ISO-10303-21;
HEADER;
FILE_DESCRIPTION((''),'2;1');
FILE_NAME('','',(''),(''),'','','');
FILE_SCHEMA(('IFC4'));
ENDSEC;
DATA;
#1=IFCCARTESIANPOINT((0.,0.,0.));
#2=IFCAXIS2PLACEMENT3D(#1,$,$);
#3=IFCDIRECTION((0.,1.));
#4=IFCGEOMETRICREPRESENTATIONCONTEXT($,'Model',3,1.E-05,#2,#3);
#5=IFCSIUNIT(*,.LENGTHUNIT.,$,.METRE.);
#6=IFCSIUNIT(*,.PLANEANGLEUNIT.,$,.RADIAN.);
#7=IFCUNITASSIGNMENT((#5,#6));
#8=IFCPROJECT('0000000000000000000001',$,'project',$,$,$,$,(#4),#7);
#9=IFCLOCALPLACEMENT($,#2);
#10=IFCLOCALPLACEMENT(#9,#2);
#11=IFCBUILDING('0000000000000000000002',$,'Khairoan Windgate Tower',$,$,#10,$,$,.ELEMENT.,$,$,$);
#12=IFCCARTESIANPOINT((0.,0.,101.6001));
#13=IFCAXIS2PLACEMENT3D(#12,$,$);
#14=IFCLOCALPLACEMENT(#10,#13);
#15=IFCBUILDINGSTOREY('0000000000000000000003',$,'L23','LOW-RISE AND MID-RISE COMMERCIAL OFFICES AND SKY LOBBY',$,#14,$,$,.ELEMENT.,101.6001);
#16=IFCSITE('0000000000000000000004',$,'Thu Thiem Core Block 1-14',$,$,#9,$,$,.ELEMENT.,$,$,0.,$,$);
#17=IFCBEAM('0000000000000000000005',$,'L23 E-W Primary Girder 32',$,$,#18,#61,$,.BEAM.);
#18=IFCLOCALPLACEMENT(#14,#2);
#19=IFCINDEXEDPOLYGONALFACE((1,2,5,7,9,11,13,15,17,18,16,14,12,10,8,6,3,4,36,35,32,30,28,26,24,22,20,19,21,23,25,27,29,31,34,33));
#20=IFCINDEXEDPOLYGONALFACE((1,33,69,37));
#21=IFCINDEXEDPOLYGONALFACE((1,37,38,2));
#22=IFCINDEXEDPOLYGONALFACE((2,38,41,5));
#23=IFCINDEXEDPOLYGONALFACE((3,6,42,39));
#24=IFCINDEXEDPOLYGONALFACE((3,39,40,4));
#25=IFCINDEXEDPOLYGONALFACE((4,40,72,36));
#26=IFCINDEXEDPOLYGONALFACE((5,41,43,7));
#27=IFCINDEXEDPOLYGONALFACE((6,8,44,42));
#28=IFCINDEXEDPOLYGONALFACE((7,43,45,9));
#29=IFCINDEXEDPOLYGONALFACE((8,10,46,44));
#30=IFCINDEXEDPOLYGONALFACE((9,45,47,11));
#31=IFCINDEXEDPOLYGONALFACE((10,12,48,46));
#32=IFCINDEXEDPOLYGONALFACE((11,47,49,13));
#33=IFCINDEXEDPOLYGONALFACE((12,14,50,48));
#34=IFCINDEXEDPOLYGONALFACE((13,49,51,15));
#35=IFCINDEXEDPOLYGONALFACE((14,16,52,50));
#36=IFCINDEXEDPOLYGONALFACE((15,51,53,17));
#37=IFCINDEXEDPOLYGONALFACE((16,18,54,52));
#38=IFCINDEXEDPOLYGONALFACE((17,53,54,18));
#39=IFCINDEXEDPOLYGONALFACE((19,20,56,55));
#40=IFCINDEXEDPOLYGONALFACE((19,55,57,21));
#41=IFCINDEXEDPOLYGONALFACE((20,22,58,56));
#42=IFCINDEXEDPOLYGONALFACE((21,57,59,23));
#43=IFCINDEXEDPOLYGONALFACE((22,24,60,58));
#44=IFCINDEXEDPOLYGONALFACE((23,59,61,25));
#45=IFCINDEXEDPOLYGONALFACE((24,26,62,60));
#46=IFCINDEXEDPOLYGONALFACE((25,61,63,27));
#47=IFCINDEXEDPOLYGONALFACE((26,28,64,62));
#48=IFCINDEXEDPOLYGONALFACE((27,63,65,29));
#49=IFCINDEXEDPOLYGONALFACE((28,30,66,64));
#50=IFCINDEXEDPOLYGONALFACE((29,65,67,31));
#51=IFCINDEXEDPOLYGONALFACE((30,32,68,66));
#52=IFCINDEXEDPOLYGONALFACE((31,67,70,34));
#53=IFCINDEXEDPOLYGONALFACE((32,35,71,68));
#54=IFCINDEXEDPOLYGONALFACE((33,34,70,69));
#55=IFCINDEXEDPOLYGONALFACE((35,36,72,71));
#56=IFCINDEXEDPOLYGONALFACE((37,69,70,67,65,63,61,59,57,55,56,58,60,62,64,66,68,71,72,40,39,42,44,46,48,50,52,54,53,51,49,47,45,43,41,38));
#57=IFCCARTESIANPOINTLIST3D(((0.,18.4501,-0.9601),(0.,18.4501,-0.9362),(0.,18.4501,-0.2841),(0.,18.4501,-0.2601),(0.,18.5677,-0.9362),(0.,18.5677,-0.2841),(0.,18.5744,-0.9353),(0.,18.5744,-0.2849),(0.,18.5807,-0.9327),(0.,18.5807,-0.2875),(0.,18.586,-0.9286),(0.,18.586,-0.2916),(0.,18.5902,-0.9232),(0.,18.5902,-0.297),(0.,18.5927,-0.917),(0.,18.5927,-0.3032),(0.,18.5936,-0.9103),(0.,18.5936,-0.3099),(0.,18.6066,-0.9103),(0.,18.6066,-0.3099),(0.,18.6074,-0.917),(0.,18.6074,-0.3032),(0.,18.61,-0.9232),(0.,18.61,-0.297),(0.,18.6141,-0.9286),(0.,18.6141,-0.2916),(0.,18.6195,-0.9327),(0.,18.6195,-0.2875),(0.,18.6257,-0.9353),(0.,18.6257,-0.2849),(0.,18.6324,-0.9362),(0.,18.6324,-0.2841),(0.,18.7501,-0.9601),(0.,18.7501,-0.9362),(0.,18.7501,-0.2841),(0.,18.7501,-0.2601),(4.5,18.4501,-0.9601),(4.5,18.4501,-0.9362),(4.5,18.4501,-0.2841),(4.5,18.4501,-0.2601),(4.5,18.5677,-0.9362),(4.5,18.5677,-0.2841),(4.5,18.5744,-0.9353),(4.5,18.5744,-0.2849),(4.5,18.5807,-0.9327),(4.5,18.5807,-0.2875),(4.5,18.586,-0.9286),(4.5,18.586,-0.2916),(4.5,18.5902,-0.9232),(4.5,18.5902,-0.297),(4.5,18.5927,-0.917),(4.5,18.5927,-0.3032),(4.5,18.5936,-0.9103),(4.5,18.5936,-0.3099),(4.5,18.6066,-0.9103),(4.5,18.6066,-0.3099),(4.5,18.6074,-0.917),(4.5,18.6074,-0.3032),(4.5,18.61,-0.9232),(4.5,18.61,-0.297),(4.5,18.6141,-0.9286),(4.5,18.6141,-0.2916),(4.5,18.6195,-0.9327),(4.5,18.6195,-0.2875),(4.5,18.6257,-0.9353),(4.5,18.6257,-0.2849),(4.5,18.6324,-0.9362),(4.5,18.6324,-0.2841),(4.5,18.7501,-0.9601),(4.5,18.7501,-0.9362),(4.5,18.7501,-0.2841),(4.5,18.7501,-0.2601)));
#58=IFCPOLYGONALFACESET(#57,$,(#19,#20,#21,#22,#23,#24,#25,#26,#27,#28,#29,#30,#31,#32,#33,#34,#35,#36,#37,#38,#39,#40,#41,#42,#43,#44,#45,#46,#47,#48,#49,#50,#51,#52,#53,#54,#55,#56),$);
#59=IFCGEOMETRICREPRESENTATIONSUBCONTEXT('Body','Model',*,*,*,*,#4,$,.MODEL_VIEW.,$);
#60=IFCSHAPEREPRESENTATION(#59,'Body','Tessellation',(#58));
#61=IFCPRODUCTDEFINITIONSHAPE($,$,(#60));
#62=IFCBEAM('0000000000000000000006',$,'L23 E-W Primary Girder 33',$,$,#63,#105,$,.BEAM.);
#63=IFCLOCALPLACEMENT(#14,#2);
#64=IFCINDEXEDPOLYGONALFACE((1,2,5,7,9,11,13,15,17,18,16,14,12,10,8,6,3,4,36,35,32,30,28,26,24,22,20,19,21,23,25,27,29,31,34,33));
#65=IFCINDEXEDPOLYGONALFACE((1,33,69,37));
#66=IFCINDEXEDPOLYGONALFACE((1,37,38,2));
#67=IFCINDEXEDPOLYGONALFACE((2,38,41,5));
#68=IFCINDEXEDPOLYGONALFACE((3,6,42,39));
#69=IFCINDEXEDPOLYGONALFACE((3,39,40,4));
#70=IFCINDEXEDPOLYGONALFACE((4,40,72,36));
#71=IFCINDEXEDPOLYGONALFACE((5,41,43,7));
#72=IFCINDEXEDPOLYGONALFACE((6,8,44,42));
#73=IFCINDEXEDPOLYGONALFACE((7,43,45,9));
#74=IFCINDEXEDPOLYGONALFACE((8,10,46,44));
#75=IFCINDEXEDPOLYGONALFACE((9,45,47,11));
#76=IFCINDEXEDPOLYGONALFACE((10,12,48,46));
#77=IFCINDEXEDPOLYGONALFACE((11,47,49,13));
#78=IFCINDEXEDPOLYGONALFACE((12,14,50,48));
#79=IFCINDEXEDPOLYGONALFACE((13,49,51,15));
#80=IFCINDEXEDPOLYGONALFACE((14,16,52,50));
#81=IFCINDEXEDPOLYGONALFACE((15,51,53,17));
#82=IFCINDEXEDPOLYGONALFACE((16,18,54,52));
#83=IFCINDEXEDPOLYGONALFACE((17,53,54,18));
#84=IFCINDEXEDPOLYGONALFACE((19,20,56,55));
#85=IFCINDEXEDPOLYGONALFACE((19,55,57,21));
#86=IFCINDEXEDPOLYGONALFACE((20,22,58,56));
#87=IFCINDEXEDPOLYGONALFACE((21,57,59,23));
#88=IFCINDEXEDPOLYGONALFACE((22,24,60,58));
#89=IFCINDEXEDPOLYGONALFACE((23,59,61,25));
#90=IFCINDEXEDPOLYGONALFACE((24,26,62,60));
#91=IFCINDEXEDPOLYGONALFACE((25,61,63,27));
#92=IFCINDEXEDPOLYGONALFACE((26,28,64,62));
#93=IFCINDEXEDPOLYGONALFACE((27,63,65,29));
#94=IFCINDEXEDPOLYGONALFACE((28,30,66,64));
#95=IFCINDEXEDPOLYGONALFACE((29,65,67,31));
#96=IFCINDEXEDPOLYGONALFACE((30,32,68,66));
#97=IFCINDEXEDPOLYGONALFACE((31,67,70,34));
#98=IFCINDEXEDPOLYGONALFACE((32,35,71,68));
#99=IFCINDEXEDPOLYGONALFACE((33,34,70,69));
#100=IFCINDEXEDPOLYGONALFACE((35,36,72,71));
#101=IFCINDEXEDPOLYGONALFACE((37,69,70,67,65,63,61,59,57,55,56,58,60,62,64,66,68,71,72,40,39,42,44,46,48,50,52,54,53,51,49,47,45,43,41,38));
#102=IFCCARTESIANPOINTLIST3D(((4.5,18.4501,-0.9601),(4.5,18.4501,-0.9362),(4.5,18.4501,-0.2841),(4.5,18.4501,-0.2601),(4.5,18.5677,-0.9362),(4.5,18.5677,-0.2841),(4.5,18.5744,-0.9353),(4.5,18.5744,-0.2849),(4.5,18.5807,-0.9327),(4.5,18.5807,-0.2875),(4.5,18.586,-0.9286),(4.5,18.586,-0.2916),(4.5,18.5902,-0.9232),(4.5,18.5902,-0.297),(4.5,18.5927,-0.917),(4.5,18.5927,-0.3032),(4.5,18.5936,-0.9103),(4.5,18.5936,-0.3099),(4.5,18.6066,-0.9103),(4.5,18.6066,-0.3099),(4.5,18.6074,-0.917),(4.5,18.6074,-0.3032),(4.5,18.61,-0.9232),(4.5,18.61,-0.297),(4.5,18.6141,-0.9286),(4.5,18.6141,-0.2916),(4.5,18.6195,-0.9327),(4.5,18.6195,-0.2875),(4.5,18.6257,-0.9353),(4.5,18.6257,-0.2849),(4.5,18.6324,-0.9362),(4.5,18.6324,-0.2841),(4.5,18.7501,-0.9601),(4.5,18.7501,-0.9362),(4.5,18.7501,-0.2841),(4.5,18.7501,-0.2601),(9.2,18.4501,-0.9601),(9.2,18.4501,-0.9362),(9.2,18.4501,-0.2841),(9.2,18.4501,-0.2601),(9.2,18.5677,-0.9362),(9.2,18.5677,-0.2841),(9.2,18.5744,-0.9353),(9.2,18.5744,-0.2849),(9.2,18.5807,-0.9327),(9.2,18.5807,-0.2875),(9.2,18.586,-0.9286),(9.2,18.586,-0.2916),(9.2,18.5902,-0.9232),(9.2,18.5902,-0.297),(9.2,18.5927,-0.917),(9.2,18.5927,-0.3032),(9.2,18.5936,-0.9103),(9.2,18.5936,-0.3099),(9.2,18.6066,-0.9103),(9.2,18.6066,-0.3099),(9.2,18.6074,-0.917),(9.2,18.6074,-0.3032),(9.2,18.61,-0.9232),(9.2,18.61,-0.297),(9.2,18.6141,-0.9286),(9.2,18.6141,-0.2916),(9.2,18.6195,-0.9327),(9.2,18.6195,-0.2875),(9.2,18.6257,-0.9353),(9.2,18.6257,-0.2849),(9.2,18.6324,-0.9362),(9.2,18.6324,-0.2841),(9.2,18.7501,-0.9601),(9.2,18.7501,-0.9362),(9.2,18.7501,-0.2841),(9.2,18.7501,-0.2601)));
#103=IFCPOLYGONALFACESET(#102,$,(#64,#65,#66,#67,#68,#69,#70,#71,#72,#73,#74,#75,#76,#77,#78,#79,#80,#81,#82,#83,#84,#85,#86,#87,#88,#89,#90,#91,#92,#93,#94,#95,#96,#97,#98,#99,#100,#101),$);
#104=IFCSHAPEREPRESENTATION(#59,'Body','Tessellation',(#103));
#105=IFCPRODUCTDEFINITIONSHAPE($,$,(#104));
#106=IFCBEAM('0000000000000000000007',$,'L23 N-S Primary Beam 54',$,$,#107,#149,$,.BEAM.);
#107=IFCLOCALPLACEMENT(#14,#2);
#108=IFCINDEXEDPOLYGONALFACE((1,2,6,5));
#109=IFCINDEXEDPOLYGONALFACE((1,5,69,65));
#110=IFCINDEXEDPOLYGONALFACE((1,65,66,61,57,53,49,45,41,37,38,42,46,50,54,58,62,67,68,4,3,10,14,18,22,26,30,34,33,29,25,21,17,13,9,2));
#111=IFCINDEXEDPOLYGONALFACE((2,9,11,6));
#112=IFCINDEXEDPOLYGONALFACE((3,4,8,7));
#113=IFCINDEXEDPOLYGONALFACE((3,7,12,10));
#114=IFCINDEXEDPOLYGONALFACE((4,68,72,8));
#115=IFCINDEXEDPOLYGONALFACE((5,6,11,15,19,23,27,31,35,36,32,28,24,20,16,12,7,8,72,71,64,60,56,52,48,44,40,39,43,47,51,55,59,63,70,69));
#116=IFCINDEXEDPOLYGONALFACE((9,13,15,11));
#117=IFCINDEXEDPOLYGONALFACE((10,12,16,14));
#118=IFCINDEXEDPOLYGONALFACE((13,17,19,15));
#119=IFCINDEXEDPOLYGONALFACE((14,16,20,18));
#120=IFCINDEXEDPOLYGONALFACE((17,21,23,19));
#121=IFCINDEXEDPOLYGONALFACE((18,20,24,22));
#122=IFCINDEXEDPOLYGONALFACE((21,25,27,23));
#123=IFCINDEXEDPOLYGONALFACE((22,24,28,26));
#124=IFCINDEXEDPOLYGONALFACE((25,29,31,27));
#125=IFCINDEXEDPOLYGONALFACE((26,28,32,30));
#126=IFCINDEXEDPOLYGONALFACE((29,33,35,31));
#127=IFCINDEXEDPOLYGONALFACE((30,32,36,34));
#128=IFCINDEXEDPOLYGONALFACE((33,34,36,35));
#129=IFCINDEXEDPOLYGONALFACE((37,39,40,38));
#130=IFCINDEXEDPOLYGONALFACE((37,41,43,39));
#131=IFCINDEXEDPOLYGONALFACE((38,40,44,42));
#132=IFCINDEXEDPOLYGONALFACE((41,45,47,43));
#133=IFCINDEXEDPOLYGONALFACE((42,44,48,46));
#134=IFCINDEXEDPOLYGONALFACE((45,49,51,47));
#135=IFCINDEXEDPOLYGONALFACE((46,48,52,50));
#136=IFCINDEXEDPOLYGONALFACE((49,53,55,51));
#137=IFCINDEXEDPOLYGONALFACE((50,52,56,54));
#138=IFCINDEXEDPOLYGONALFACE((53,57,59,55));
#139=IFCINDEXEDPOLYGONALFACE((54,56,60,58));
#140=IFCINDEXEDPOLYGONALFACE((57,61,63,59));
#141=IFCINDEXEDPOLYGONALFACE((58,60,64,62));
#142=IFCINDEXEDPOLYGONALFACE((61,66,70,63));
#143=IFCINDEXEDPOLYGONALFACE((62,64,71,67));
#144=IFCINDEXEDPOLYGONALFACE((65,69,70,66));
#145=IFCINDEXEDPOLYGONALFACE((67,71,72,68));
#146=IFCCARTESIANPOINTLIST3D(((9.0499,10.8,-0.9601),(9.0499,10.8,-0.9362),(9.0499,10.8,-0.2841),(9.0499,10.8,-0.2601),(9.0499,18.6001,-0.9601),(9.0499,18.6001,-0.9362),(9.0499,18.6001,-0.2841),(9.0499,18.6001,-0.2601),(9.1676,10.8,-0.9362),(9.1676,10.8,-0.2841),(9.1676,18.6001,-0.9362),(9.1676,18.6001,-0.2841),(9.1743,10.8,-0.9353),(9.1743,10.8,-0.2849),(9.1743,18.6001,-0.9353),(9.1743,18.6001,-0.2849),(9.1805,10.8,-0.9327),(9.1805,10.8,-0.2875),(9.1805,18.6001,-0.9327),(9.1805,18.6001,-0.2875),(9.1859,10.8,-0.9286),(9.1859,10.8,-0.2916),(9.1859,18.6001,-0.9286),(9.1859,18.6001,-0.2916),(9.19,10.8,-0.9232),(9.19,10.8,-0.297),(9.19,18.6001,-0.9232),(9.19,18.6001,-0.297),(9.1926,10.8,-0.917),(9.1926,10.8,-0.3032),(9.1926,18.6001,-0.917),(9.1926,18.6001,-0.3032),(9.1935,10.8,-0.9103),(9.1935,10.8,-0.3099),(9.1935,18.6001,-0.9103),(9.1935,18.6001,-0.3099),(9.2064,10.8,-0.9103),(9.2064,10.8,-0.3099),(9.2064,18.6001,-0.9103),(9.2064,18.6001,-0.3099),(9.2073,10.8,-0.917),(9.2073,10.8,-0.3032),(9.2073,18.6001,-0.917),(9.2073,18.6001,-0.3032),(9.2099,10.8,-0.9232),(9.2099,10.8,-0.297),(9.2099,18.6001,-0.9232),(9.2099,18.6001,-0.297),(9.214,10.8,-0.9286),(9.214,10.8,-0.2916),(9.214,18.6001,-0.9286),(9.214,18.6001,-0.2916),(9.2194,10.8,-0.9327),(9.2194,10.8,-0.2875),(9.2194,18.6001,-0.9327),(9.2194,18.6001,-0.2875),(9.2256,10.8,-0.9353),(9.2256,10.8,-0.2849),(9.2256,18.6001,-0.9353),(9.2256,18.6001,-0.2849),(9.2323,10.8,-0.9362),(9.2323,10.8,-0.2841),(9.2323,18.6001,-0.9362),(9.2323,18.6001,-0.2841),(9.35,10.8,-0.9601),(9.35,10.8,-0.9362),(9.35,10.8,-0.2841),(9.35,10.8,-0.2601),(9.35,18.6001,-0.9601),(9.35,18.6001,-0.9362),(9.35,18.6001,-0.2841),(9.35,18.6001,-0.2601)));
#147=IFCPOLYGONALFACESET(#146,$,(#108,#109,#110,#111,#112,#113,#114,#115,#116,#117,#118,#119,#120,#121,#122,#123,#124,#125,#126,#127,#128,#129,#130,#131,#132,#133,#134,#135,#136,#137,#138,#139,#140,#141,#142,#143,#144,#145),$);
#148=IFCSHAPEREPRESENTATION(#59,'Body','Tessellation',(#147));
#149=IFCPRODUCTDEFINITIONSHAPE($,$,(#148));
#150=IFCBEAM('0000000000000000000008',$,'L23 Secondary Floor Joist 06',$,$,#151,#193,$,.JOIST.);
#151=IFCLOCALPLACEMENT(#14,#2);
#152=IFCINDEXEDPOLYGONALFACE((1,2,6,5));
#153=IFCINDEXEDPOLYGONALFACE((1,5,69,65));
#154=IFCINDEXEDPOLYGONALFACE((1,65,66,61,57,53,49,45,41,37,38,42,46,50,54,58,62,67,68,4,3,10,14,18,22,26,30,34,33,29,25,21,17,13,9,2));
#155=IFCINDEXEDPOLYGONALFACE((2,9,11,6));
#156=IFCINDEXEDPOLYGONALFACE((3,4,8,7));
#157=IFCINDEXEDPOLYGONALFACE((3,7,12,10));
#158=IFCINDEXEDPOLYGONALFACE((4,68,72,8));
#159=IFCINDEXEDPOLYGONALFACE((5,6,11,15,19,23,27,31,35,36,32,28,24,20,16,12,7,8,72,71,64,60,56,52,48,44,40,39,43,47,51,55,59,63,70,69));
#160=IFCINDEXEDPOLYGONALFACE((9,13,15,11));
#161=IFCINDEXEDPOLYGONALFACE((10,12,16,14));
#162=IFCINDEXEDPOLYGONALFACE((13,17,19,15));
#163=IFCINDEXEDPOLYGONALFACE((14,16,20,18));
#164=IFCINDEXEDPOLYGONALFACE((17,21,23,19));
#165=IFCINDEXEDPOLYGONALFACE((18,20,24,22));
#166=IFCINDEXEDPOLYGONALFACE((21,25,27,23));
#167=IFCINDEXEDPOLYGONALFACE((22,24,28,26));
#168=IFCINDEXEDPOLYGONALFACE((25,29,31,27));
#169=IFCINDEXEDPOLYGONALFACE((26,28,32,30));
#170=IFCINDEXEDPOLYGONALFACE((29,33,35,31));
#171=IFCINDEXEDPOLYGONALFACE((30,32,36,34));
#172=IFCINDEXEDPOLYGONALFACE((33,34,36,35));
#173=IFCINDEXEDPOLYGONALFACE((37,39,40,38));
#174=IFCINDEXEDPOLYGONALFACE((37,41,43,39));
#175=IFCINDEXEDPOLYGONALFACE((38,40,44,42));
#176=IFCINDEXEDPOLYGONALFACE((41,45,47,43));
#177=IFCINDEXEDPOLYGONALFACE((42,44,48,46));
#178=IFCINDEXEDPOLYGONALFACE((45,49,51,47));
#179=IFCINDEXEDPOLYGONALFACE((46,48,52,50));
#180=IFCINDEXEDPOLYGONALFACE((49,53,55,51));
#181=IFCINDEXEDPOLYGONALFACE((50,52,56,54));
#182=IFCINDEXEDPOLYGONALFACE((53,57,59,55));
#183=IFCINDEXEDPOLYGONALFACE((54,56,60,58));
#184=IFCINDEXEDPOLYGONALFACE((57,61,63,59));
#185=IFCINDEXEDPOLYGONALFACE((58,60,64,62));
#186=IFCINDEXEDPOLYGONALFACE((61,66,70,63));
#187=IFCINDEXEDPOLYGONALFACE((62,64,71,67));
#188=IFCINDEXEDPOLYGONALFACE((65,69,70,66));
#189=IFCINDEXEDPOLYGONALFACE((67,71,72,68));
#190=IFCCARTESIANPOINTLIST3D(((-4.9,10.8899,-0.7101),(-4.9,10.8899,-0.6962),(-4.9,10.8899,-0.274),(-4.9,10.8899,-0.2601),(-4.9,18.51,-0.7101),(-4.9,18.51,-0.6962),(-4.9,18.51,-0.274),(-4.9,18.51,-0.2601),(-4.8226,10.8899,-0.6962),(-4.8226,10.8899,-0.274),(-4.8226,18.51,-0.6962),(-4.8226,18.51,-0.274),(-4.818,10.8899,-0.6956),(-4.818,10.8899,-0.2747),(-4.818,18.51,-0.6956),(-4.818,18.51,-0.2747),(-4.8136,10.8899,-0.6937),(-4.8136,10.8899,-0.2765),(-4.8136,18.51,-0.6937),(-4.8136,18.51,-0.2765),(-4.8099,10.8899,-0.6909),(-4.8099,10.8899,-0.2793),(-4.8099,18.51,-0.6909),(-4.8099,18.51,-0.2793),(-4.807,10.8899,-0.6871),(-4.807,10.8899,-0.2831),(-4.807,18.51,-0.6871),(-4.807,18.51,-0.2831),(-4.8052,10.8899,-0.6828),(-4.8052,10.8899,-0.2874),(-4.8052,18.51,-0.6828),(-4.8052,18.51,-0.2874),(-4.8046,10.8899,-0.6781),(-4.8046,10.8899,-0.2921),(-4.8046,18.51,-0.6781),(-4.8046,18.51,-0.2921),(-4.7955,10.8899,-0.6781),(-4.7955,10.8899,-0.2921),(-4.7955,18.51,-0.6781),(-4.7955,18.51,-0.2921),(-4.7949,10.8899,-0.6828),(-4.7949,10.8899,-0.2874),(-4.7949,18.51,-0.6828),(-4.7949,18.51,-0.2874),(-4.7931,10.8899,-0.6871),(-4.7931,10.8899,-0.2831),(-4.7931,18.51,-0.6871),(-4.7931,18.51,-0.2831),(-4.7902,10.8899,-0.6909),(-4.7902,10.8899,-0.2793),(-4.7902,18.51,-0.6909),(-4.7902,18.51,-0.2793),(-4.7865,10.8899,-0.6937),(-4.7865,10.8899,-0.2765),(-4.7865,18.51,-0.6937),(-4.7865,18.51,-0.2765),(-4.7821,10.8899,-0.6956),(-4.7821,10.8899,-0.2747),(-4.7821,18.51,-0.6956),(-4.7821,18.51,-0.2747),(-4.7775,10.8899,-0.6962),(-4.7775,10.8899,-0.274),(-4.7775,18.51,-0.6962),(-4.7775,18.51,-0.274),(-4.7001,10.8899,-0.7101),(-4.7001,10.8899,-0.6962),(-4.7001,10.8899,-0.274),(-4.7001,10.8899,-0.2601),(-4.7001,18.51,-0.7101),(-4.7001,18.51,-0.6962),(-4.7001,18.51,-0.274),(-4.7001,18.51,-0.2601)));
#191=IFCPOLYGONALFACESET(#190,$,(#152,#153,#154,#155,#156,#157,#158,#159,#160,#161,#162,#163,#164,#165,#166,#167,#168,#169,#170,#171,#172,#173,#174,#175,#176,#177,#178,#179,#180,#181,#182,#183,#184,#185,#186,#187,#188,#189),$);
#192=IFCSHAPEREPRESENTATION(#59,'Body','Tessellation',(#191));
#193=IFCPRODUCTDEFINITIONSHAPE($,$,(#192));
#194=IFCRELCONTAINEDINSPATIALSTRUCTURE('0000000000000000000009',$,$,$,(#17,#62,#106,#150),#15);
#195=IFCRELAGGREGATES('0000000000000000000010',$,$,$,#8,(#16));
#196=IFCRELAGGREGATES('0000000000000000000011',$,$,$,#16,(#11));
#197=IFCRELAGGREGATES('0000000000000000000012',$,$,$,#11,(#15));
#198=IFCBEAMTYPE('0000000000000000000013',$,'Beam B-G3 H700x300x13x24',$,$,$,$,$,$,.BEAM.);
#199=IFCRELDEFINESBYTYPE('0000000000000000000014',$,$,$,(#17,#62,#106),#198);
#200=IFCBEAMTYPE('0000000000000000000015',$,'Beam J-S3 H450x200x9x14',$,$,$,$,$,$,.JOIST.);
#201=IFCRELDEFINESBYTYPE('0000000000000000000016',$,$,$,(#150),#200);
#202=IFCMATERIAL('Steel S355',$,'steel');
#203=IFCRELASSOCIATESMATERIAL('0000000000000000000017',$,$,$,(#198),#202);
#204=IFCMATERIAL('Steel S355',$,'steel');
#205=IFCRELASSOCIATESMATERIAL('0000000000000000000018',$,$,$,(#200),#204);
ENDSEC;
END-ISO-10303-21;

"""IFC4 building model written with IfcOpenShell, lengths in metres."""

from ifc_helpers import new_model, si_unit, direction, frame, origin, origin_2d, place, context, subcontext, project, spatial, i_section, extrude, material, material_profile, profile_set, type_object, element, save


model = new_model("IFC4")

# Units and contexts
model_context = context("Model", 3, precision=1e-05, world=origin(), true_north=direction((0.0, 1.0)))
body_context = subcontext(model_context, "Body", "Model", "MODEL_VIEW")
ifc_project = project(units=[si_unit("LENGTHUNIT", "METRE"), si_unit("PLANEANGLEUNIT", "RADIAN")], contexts=[model_context])

# Site, building, storey
site_placement = place(None, origin())
site = spatial("IfcSite", under=ifc_project, at=site_placement, Name="Thu Thiem Core Block 1-14", CompositionType="ELEMENT", RefElevation=0.0)
building_placement = place(site_placement, origin())
building = spatial("IfcBuilding", under=site, at=building_placement, Name="Khairoan Windgate Tower", CompositionType="ELEMENT")
storey_placement = place(building_placement, frame((0.0, 0.0, 101.6001)))
storey = spatial("IfcBuildingStorey", under=building, at=storey_placement, Name="L23", Description="LOW-RISE AND MID-RISE COMMERCIAL OFFICES AND SKY LOBBY", CompositionType="ELEMENT", Elevation=101.6001)

# Beams
ifc_material_1 = material(Name="Steel S355", Category="steel")
ifc_material_profile_1 = material_profile(ifc_material_1, i_section(OverallWidth=0.3, OverallDepth=0.7, WebThickness=0.0129, FlangeThickness=0.0239, FilletRadius=0.0259, at=origin_2d()))
ifc_profile_set_1 = profile_set([ifc_material_profile_1], Name="Steel S355")
beam_type_1 = type_object("IfcBeamType", Name="Beam B-G3 H700x300x13x24", PredefinedType="BEAM", material=ifc_profile_set_1)
for number, where, z_axis, x_axis, name in (
    (1, (0.0, 18.6001, -0.6101), (1.0, 0.0, 0.0), (0.0, 1.0, 0.0), "L23 E-W Primary Girder 32"),
):
    element("IfcBeam", number, at=place(storey_placement, frame(where, z_axis=z_axis, x_axis=x_axis)), inside=storey, type_object=beam_type_1, Name=name, PredefinedType="BEAM", context=body_context, shape_type="SweptSolid", body=[
        extrude(i_section(OverallWidth=0.3, OverallDepth=0.7, WebThickness=0.0129, FlangeThickness=0.0239, FilletRadius=0.0259, at=origin_2d()), origin(), (0.0, 0.0, 1.0), 4.5),
    ])
beam_1_placement = place(storey_placement, frame((4.5, 18.6001, -0.6101), z_axis=(1.0, 0.0, 0.0), x_axis=(0.0, 1.0, 0.0)))
element("IfcBeam", 2, at=beam_1_placement, inside=storey, type_object=beam_type_1, Name="L23 E-W Primary Girder 33", PredefinedType="BEAM", context=body_context, shape_type="SweptSolid", body=[
    extrude(i_section(OverallWidth=0.3, OverallDepth=0.7, WebThickness=0.0129, FlangeThickness=0.0239, FilletRadius=0.0259, at=origin_2d()), origin(), (0.0, 0.0, 1.0), 4.7),
])
beam_2_placement = place(storey_placement, frame((9.2, 10.8, -0.6101), z_axis=(0.0, 1.0, 0.0), x_axis=(-1.0, 0.0, 0.0)))
element("IfcBeam", 3, at=beam_2_placement, inside=storey, type_object=beam_type_1, Name="L23 N-S Primary Beam 54", PredefinedType="BEAM", context=body_context, shape_type="SweptSolid", body=[
    extrude(i_section(OverallWidth=0.3, OverallDepth=0.7, WebThickness=0.0129, FlangeThickness=0.0239, FilletRadius=0.0259, at=origin_2d()), origin(), (0.0, 0.0, 1.0), 7.8),
])
ifc_material_2 = material(Name="Steel S355", Category="steel")
ifc_material_profile_2 = material_profile(ifc_material_2, i_section(OverallWidth=0.2, OverallDepth=0.45, WebThickness=0.009, FlangeThickness=0.0139, FilletRadius=0.0181, at=origin_2d()))
ifc_profile_set_2 = profile_set([ifc_material_profile_2], Name="Steel S355")
beam_type_2 = type_object("IfcBeamType", Name="Beam J-S3 H450x200x9x14", PredefinedType="JOIST", material=ifc_profile_set_2)
for number, where, z_axis, x_axis, name in (
    (4, (-4.8, 10.8899, -0.4851), (0.0, 1.0, 0.0), (-1.0, 0.0, 0.0), "L23 Secondary Floor Joist 06"),
):
    element("IfcBeam", number, at=place(storey_placement, frame(where, z_axis=z_axis, x_axis=x_axis)), inside=storey, type_object=beam_type_2, Name=name, PredefinedType="JOIST", context=body_context, shape_type="SweptSolid", body=[
        extrude(i_section(OverallWidth=0.2, OverallDepth=0.45, WebThickness=0.009, FlangeThickness=0.0139, FilletRadius=0.0181, at=origin_2d()), origin(), (0.0, 0.0, 1.0), 7.6201),
    ])

save(model, "model.ifc")
